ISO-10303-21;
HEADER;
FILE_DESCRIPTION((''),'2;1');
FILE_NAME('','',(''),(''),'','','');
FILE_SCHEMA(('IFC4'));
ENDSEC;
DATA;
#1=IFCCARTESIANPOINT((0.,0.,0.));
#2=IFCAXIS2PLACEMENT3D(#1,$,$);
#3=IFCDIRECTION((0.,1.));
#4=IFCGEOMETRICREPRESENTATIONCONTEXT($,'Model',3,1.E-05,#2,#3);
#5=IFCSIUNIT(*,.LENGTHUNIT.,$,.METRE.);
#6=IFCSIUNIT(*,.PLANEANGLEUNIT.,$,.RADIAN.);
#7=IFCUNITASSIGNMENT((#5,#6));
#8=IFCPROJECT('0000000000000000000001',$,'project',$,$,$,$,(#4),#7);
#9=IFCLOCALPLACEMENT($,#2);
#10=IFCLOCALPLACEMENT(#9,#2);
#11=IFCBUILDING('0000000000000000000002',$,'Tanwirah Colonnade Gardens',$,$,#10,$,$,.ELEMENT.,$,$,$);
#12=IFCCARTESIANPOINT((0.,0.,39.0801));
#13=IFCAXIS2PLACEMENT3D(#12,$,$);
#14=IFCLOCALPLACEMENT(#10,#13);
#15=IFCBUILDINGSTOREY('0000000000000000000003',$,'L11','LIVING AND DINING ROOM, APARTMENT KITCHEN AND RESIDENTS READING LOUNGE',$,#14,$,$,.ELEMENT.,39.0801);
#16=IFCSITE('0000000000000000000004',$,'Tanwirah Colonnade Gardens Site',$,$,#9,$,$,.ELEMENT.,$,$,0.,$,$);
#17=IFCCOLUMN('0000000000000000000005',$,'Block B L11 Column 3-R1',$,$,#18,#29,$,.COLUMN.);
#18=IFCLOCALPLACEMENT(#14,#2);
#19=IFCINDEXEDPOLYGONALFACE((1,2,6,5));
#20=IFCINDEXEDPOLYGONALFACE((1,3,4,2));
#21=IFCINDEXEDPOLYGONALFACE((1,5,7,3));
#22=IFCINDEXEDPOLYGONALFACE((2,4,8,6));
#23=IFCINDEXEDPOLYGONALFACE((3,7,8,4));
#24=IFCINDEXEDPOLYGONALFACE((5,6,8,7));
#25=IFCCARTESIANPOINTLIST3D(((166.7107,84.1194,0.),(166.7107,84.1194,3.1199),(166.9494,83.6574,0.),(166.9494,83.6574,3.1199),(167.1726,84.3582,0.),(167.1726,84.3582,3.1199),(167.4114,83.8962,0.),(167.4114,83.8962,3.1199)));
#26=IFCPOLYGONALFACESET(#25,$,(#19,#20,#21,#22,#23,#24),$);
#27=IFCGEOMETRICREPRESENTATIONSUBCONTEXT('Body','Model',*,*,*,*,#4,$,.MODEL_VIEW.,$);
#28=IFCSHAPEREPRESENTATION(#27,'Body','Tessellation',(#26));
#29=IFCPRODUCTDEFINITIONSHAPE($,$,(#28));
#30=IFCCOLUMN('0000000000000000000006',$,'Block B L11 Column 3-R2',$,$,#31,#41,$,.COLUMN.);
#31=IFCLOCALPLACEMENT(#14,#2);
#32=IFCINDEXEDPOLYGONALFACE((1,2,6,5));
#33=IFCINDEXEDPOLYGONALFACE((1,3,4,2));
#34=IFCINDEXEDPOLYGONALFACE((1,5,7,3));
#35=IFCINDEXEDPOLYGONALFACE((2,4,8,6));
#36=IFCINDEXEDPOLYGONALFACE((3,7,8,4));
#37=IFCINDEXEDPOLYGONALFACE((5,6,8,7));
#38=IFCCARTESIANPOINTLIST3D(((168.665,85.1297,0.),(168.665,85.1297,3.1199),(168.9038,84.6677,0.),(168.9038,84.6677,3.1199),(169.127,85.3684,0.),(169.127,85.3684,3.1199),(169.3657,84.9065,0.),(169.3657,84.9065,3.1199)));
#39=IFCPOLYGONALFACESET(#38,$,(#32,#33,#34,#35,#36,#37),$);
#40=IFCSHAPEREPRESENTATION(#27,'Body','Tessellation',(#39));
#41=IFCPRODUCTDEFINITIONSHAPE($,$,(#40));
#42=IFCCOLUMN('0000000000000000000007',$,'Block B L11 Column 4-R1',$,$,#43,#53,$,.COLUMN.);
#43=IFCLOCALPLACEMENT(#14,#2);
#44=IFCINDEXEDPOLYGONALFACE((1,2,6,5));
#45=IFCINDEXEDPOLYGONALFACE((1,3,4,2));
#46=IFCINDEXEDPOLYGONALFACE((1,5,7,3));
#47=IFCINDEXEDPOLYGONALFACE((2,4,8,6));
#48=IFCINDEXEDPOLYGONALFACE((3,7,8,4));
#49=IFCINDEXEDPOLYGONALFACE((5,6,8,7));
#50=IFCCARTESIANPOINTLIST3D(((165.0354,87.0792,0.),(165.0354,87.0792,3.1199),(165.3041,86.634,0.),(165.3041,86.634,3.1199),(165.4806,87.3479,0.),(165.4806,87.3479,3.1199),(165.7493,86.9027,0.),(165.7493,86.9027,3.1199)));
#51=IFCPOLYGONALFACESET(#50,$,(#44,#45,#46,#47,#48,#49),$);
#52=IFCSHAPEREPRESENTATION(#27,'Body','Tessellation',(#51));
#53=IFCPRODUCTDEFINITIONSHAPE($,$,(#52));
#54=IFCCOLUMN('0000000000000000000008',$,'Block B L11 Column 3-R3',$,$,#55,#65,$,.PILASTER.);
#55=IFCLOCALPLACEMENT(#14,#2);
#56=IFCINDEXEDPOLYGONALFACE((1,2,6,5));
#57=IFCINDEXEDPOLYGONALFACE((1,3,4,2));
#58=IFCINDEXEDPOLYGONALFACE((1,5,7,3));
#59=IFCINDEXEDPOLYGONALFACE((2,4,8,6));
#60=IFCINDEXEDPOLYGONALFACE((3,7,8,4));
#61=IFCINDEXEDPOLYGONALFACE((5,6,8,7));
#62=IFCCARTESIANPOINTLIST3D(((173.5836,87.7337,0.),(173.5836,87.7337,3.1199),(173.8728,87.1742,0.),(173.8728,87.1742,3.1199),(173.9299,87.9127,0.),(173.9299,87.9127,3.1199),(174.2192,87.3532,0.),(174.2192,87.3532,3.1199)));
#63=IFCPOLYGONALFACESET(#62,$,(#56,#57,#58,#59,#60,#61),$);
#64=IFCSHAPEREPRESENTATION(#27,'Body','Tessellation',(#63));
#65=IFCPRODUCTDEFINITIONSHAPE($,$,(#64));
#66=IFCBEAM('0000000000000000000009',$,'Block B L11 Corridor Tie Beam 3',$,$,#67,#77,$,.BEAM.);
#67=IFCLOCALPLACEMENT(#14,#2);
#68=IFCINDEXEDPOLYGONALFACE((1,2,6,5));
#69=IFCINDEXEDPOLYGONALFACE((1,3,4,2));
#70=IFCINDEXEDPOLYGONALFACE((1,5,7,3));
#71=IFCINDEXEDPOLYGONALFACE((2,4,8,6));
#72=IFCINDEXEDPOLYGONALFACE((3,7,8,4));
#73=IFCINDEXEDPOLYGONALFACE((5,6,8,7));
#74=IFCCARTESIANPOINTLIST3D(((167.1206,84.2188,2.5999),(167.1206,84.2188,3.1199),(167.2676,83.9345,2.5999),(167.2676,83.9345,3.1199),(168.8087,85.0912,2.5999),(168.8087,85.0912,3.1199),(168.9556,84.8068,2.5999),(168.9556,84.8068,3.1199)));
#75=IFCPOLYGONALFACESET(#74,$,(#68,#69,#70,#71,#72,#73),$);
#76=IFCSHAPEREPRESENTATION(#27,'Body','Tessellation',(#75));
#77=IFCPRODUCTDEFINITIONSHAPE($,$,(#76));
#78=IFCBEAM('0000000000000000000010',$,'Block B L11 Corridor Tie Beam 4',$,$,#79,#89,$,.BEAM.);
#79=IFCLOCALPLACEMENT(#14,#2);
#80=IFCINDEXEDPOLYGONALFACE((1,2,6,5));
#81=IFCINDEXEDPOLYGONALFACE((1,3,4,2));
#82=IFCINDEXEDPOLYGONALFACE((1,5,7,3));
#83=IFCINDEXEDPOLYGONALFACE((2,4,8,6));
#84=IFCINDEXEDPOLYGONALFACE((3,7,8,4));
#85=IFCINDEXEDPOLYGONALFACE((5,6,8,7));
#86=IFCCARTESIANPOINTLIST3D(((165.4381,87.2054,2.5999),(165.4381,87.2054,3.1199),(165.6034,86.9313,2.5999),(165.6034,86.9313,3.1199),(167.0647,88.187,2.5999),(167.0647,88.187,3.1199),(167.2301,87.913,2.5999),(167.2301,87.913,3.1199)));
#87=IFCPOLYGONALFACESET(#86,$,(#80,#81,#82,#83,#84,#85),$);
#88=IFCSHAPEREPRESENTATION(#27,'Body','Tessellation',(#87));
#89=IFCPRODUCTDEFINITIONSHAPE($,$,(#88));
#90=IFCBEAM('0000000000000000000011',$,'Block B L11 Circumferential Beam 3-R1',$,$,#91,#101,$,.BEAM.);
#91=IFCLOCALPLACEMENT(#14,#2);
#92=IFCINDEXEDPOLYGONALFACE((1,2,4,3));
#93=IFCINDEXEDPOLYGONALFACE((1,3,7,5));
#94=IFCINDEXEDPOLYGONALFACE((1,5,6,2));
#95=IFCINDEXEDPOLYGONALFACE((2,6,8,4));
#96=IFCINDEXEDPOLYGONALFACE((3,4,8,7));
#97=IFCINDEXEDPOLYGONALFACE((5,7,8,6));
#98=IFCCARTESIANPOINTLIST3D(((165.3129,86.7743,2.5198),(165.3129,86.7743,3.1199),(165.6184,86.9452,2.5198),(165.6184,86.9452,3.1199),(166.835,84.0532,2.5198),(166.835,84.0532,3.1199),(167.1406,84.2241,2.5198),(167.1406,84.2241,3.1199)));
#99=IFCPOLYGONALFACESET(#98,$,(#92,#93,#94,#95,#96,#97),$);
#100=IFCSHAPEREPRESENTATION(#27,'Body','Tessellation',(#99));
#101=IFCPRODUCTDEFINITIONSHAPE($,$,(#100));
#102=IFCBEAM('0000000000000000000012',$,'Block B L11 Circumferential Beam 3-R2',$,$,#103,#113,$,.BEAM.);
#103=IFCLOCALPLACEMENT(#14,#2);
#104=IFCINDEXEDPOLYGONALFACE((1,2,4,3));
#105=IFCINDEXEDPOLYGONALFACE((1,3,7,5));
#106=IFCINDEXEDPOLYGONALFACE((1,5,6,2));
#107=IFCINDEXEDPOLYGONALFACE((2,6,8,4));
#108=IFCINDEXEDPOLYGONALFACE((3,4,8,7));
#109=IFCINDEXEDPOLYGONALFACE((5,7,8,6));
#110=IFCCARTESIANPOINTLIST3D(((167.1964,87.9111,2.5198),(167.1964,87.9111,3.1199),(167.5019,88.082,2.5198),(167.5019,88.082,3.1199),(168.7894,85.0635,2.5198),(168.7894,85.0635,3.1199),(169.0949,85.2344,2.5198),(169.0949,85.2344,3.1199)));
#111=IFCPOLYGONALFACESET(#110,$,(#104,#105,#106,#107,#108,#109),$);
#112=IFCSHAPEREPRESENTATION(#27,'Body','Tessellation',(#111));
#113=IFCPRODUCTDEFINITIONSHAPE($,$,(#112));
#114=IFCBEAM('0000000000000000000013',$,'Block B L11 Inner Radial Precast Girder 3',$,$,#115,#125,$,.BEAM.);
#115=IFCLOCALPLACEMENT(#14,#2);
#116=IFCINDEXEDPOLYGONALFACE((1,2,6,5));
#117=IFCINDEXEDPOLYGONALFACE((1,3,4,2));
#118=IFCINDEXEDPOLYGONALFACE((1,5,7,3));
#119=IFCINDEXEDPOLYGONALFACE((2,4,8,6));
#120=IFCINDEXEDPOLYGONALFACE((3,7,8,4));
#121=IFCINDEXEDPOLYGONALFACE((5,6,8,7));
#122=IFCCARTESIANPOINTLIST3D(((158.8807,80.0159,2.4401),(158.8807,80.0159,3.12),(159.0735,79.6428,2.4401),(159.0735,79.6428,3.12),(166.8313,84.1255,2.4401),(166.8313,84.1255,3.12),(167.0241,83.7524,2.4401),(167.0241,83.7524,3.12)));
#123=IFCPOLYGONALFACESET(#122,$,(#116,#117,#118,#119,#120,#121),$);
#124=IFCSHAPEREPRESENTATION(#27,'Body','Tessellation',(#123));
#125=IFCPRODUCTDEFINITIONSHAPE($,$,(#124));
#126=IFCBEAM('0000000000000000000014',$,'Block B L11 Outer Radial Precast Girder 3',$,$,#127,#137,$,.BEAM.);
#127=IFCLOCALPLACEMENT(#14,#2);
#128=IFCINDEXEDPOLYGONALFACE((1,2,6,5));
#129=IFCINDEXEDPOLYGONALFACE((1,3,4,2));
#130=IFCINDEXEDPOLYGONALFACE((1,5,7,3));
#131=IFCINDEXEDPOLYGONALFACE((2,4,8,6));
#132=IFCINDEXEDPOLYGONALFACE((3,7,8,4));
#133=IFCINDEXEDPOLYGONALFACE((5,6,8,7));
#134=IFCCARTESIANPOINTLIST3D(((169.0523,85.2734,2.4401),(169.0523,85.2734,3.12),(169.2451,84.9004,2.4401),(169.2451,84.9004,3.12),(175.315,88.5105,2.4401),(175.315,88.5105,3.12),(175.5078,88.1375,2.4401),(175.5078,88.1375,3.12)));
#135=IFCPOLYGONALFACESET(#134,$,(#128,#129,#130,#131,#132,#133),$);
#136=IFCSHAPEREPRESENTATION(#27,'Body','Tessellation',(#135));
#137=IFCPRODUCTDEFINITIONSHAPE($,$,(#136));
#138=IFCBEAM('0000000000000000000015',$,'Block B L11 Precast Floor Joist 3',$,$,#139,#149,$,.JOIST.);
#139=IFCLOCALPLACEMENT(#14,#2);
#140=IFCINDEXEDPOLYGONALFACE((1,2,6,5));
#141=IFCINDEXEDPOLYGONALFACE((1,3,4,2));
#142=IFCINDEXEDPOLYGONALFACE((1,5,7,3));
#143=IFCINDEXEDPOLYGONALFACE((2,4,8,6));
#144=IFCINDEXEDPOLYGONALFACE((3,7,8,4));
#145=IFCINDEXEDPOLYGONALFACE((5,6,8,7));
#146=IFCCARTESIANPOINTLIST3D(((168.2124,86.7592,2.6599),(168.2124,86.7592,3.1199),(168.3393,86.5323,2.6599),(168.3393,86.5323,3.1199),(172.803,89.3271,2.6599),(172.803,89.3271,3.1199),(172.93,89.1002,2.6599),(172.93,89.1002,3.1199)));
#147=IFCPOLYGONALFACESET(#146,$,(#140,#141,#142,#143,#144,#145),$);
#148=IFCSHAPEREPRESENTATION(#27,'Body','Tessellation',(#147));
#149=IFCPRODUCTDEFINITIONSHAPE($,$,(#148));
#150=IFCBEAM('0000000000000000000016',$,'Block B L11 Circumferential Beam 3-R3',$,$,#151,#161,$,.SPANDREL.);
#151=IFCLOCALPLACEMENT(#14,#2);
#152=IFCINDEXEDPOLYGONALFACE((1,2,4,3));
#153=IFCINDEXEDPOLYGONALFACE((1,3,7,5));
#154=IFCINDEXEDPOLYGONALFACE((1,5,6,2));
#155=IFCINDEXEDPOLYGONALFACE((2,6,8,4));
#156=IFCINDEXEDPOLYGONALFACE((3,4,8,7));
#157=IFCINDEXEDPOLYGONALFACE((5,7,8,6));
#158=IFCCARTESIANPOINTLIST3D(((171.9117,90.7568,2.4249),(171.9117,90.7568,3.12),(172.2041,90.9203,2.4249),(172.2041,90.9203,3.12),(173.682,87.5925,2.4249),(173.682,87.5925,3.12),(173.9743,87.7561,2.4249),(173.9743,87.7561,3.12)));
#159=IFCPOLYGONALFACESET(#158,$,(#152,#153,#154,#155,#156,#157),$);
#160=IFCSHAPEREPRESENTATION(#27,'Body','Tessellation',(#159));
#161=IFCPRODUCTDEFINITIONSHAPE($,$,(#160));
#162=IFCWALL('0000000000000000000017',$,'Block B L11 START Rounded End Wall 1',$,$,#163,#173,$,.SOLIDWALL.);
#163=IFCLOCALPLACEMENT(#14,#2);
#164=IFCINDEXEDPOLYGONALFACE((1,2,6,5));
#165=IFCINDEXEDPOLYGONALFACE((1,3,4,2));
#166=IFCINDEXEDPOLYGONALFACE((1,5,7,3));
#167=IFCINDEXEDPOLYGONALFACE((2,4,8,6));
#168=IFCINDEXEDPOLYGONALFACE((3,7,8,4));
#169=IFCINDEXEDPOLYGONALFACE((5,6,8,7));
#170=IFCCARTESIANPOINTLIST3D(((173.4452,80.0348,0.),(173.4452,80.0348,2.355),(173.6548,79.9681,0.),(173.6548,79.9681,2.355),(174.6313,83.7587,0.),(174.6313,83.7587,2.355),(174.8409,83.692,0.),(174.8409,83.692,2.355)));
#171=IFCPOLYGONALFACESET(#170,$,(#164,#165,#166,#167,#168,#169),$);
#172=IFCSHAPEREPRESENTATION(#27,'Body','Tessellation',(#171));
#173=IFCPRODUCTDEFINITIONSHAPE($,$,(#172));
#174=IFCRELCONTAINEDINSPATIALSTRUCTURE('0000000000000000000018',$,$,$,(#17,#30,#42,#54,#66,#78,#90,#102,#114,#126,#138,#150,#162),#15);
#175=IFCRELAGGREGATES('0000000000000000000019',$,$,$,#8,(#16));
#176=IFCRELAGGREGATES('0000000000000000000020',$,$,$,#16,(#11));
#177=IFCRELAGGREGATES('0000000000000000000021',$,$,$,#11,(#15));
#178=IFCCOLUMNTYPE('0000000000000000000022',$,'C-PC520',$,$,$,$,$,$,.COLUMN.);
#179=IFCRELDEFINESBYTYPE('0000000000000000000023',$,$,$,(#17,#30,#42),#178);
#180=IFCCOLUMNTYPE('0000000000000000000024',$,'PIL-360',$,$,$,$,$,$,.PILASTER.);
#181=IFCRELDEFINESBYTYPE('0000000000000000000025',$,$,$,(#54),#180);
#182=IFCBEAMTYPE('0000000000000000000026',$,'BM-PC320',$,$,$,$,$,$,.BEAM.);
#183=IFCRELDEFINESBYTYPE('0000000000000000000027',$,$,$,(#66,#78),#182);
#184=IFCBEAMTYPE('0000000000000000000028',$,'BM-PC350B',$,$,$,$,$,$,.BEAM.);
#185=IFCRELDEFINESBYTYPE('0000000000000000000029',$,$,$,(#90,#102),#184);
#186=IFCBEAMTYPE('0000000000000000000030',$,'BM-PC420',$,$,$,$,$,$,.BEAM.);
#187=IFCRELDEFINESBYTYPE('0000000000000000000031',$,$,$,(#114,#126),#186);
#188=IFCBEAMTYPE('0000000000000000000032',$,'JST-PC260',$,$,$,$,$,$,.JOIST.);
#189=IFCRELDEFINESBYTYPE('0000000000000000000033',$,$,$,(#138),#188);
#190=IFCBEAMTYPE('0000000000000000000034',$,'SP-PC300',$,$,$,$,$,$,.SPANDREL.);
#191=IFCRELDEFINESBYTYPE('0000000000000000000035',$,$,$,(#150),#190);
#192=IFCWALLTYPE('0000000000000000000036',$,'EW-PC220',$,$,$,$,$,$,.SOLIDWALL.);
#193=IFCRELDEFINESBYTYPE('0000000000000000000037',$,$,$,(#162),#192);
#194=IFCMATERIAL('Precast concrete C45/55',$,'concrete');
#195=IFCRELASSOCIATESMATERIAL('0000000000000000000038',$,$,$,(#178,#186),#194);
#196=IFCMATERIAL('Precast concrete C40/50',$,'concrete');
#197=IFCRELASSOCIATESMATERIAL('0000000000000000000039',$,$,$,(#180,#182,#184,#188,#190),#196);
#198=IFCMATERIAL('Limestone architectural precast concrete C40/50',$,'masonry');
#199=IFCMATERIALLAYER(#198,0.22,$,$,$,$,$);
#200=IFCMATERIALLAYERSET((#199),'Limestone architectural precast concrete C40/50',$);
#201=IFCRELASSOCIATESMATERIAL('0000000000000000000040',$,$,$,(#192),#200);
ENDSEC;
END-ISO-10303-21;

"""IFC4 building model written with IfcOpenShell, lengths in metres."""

from ifc_helpers import new_model, si_unit, direction, frame, frame_2d, origin, origin_2d, place, context, subcontext, project, spatial, rectangle, extrude, material, layer, layer_set, material_profile, profile_set, type_object, element, save


model = new_model("IFC4")

# Units and contexts
model_context = context("Model", 3, precision=1e-05, world=origin(), true_north=direction((0.0, 1.0)))
body_context = subcontext(model_context, "Body", "Model", "MODEL_VIEW")
ifc_project = project(units=[si_unit("LENGTHUNIT", "METRE"), si_unit("PLANEANGLEUNIT", "RADIAN")], contexts=[model_context])

# Site, building, storey
site_placement = place(None, origin())
site = spatial("IfcSite", under=ifc_project, at=site_placement, Name="Tanwirah Colonnade Gardens Site", CompositionType="ELEMENT", RefElevation=0.0)
building_placement = place(site_placement, origin())
building = spatial("IfcBuilding", under=site, at=building_placement, Name="Tanwirah Colonnade Gardens", CompositionType="ELEMENT")
storey_placement = place(building_placement, frame((0.0, 0.0, 39.0801)))
storey = spatial("IfcBuildingStorey", under=building, at=storey_placement, Name="L11", Description="LIVING AND DINING ROOM, APARTMENT KITCHEN AND RESIDENTS READING LOUNGE", CompositionType="ELEMENT", Elevation=39.0801)

# Columns
ifc_material_1 = material(Name="Precast concrete C45/55", Category="concrete")
ifc_material_profile_1 = material_profile(ifc_material_1, rectangle(XDim=0.52, YDim=0.52, at=origin_2d()), Name="PC-COL 520x520")
ifc_profile_set_1 = profile_set([ifc_material_profile_1], Name="Precast concrete C45/55")
column_type_1 = type_object("IfcColumnType", Name="C-PC520", PredefinedType="COLUMN", material=ifc_profile_set_1)
for number, where, z_axis, x_axis, name in (
    (1, (167.061, 84.0078, 0.0), (0.0, 0.0, 1.0), (0.88835, 0.459166, 0.0), "Block B L11 Column 3-R1"),
    (2, (169.0154, 85.0181, 0.0), (0.0, 0.0, 1.0), (0.88835, 0.459166, 0.0), "Block B L11 Column 3-R2"),
    (3, (165.3923, 86.991, 0.0), (0.0, 0.0, 1.0), (0.856167, 0.516699, 0.0), "Block B L11 Column 4-R1"),
):
    element("IfcColumn", number, at=place(storey_placement, frame(where, z_axis=z_axis, x_axis=x_axis)), inside=storey, type_object=column_type_1, Name=name, PredefinedType="COLUMN", context=body_context, shape_type="SweptSolid", body=[
        extrude(rectangle(XDim=0.52, YDim=0.52, at=origin_2d()), origin(), (0.0, 0.0, 1.0), 3.1199),
    ])
ifc_material_2 = material(Name="Precast concrete C40/50", Category="concrete")
ifc_material_profile_2 = material_profile(ifc_material_2, rectangle(XDim=0.3899, YDim=0.6299, at=origin_2d()), Name="PC-PIL 390x630")
ifc_profile_set_2 = profile_set([ifc_material_profile_2], Name="Precast concrete C40/50")
column_type_2 = type_object("IfcColumnType", Name="PIL-360", PredefinedType="PILASTER", material=ifc_profile_set_2)
column_placement = place(storey_placement, frame((173.9014, 87.5435, 0.0), z_axis=(0.0, 0.0, 1.0), x_axis=(0.88835, 0.459166, 0.0)))
element("IfcColumn", 4, at=column_placement, inside=storey, type_object=column_type_2, Name="Block B L11 Column 3-R3", PredefinedType="PILASTER", context=body_context, shape_type="SweptSolid", body=[
    extrude(rectangle(XDim=0.3899, YDim=0.6299, at=origin_2d()), origin(), (0.0, 0.0, 1.0), 3.1199),
])

# Beams
ifc_material_profile_3 = material_profile(ifc_material_2, rectangle(XDim=0.3201, YDim=0.52, at=origin_2d()), Name="PC-BM 320x520")
ifc_profile_set_3 = profile_set([ifc_material_profile_3], Name="Precast concrete C40/50")
beam_type_1 = type_object("IfcBeamType", Name="BM-PC320", PredefinedType="BEAM", material=ifc_profile_set_3)
beam_1_placement = place(storey_placement, frame((167.1941, 84.0767, 2.8599), z_axis=(0.888386, 0.459098, 0.0), x_axis=(-0.459098, 0.888386, 0.0)))
element("IfcBeam", 5, at=beam_1_placement, inside=storey, type_object=beam_type_1, Name="Block B L11 Corridor Tie Beam 3", PredefinedType="BEAM", context=body_context, shape_type="SweptSolid", body=[
    extrude(rectangle(XDim=0.3201, YDim=0.52, at=origin_2d()), origin(), (0.0, 0.0, 1.0), 1.9001),
])
beam_2_placement = place(storey_placement, frame((165.5208, 87.0684, 2.8599), z_axis=(0.856175, 0.516686, 0.0), x_axis=(-0.516686, 0.856175, 0.0)))
element("IfcBeam", 6, at=beam_2_placement, inside=storey, type_object=beam_type_1, Name="Block B L11 Corridor Tie Beam 4", PredefinedType="BEAM", context=body_context, shape_type="SweptSolid", body=[
    extrude(rectangle(XDim=0.3201, YDim=0.52, at=origin_2d()), origin(), (0.0, 0.0, 1.0), 1.8999),
])
ifc_material_profile_4 = material_profile(ifc_material_2, rectangle(XDim=0.3501, YDim=0.6001, at=origin_2d()), Name="PC-BM 350x600")
ifc_profile_set_4 = profile_set([ifc_material_profile_4], Name="Precast concrete C40/50")
beam_type_2 = type_object("IfcBeamType", Name="BM-PC350B", PredefinedType="BEAM", material=ifc_profile_set_4)
beam_3_placement = place(storey_placement, frame((166.9878, 84.1387, 2.8198), z_axis=(-0.4882, 0.872732, 0.0), x_axis=(-0.872732, -0.4882, 0.0)))
element("IfcBeam", 7, at=beam_3_placement, inside=storey, type_object=beam_type_2, Name="Block B L11 Circumferential Beam 3-R1", PredefinedType="BEAM", context=body_context, shape_type="SweptSolid", body=[
    extrude(rectangle(XDim=0.3501, YDim=0.6001, at=origin_2d()), origin(), (0.0, 0.0, 1.0), 3.1179),
])
beam_4_placement = place(storey_placement, frame((168.9421, 85.1489, 2.8198), z_axis=(-0.488214, 0.872724, 0.0), x_axis=(-0.872724, -0.488214, 0.0)))
element("IfcBeam", 8, at=beam_4_placement, inside=storey, type_object=beam_type_2, Name="Block B L11 Circumferential Beam 3-R2", PredefinedType="BEAM", context=body_context, shape_type="SweptSolid", body=[
    extrude(rectangle(XDim=0.3501, YDim=0.6001, at=origin_2d()), origin(), (0.0, 0.0, 1.0), 3.2629),
])
ifc_material_profile_5 = material_profile(ifc_material_1, rectangle(XDim=0.4199, YDim=0.6799, at=origin_2d()), Name="PC-BM 420x680")
ifc_profile_set_5 = profile_set([ifc_material_profile_5], Name="Precast concrete C45/55")
beam_type_3 = type_object("IfcBeamType", Name="BM-PC420", PredefinedType="BEAM", material=ifc_profile_set_5)
beam_5_placement = place(storey_placement, frame((166.9277, 83.939, 2.78), z_axis=(-0.888345, -0.459176, 0.0), x_axis=(0.459176, -0.888345, 0.0)))
element("IfcBeam", 9, at=beam_5_placement, inside=storey, type_object=beam_type_3, Name="Block B L11 Inner Radial Precast Girder 3", PredefinedType="BEAM", context=body_context, shape_type="SweptSolid", body=[
    extrude(rectangle(XDim=0.4199, YDim=0.6799, at=origin_2d()), origin(), (0.0, 0.0, 1.0), 8.95),
])
beam_6_placement = place(storey_placement, frame((169.1487, 85.0869, 2.78), z_axis=(0.888349, 0.459169, 0.0), x_axis=(-0.459169, 0.888349, 0.0)))
element("IfcBeam", 10, at=beam_6_placement, inside=storey, type_object=beam_type_3, Name="Block B L11 Outer Radial Precast Girder 3", PredefinedType="BEAM", context=body_context, shape_type="SweptSolid", body=[
    extrude(rectangle(XDim=0.4199, YDim=0.6799, at=origin_2d()), origin(), (0.0, 0.0, 1.0), 7.0498),
])
ifc_material_profile_6 = material_profile(ifc_material_2, rectangle(XDim=0.26, YDim=0.46, at=origin_2d()), Name="PC-JST 260x460")
ifc_profile_set_6 = profile_set([ifc_material_profile_6], Name="Precast concrete C40/50")
beam_type_4 = type_object("IfcBeamType", Name="JST-PC260", PredefinedType="JOIST", material=ifc_profile_set_6)
beam_7_placement = place(storey_placement, frame((168.2759, 86.6458, 2.8899), z_axis=(0.872737, 0.488191, 0.0), x_axis=(-0.488191, 0.872737, 0.0)))
element("IfcBeam", 11, at=beam_7_placement, inside=storey, type_object=beam_type_4, Name="Block B L11 Precast Floor Joist 3", PredefinedType="JOIST", context=body_context, shape_type="SweptSolid", body=[
    extrude(rectangle(XDim=0.26, YDim=0.46, at=origin_2d()), origin(), (0.0, 0.0, 1.0), 5.26),
])
ifc_material_profile_7 = material_profile(ifc_material_2, rectangle(XDim=0.335, YDim=0.6951, at=origin_2d()), Name="PC-SP 335x695")
ifc_profile_set_7 = profile_set([ifc_material_profile_7], Name="Precast concrete C40/50")
beam_type_5 = type_object("IfcBeamType", Name="SP-PC300", PredefinedType="SPANDREL", material=ifc_profile_set_7)
beam_8_placement = place(storey_placement, frame((173.8281, 87.6743, 2.7725), z_axis=(-0.488236, 0.872711, 0.0), x_axis=(-0.872711, -0.488236, 0.0)))
element("IfcBeam", 12, at=beam_8_placement, inside=storey, type_object=beam_type_5, Name="Block B L11 Circumferential Beam 3-R3", PredefinedType="SPANDREL", context=body_context, shape_type="SweptSolid", body=[
    extrude(rectangle(XDim=0.335, YDim=0.6951, at=origin_2d()), origin(), (0.0, 0.0, 1.0), 3.6257),
])

# Wall
ifc_material_3 = material(Name="Limestone architectural precast concrete C40/50", Category="masonry")
ifc_layer_1 = layer(ifc_material_3, 0.22)
ifc_layer_set_1 = layer_set([ifc_layer_1], Name="Limestone architectural precast concrete C40/50")
wall_type_1 = type_object("IfcWallType", Name="EW-PC220", PredefinedType="SOLIDWALL", material=ifc_layer_set_1)
wall_1_placement = place(storey_placement, frame((174.7361, 83.7253, 0.0), z_axis=(0.0, 0.0, 1.0), x_axis=(-0.303474, -0.95284, 0.0)))
element("IfcWall", 13, at=wall_1_placement, inside=storey, type_object=wall_type_1, Name="Block B L11 START Rounded End Wall 1", PredefinedType="SOLIDWALL", context=body_context, shape_type="SweptSolid", body=[
    extrude(rectangle(XDim=3.9082, YDim=0.22, at=frame_2d((1.9541, 0.0))), origin(), (0.0, 0.0, 1.0), 2.355),
])

save(model, "model.ifc")
